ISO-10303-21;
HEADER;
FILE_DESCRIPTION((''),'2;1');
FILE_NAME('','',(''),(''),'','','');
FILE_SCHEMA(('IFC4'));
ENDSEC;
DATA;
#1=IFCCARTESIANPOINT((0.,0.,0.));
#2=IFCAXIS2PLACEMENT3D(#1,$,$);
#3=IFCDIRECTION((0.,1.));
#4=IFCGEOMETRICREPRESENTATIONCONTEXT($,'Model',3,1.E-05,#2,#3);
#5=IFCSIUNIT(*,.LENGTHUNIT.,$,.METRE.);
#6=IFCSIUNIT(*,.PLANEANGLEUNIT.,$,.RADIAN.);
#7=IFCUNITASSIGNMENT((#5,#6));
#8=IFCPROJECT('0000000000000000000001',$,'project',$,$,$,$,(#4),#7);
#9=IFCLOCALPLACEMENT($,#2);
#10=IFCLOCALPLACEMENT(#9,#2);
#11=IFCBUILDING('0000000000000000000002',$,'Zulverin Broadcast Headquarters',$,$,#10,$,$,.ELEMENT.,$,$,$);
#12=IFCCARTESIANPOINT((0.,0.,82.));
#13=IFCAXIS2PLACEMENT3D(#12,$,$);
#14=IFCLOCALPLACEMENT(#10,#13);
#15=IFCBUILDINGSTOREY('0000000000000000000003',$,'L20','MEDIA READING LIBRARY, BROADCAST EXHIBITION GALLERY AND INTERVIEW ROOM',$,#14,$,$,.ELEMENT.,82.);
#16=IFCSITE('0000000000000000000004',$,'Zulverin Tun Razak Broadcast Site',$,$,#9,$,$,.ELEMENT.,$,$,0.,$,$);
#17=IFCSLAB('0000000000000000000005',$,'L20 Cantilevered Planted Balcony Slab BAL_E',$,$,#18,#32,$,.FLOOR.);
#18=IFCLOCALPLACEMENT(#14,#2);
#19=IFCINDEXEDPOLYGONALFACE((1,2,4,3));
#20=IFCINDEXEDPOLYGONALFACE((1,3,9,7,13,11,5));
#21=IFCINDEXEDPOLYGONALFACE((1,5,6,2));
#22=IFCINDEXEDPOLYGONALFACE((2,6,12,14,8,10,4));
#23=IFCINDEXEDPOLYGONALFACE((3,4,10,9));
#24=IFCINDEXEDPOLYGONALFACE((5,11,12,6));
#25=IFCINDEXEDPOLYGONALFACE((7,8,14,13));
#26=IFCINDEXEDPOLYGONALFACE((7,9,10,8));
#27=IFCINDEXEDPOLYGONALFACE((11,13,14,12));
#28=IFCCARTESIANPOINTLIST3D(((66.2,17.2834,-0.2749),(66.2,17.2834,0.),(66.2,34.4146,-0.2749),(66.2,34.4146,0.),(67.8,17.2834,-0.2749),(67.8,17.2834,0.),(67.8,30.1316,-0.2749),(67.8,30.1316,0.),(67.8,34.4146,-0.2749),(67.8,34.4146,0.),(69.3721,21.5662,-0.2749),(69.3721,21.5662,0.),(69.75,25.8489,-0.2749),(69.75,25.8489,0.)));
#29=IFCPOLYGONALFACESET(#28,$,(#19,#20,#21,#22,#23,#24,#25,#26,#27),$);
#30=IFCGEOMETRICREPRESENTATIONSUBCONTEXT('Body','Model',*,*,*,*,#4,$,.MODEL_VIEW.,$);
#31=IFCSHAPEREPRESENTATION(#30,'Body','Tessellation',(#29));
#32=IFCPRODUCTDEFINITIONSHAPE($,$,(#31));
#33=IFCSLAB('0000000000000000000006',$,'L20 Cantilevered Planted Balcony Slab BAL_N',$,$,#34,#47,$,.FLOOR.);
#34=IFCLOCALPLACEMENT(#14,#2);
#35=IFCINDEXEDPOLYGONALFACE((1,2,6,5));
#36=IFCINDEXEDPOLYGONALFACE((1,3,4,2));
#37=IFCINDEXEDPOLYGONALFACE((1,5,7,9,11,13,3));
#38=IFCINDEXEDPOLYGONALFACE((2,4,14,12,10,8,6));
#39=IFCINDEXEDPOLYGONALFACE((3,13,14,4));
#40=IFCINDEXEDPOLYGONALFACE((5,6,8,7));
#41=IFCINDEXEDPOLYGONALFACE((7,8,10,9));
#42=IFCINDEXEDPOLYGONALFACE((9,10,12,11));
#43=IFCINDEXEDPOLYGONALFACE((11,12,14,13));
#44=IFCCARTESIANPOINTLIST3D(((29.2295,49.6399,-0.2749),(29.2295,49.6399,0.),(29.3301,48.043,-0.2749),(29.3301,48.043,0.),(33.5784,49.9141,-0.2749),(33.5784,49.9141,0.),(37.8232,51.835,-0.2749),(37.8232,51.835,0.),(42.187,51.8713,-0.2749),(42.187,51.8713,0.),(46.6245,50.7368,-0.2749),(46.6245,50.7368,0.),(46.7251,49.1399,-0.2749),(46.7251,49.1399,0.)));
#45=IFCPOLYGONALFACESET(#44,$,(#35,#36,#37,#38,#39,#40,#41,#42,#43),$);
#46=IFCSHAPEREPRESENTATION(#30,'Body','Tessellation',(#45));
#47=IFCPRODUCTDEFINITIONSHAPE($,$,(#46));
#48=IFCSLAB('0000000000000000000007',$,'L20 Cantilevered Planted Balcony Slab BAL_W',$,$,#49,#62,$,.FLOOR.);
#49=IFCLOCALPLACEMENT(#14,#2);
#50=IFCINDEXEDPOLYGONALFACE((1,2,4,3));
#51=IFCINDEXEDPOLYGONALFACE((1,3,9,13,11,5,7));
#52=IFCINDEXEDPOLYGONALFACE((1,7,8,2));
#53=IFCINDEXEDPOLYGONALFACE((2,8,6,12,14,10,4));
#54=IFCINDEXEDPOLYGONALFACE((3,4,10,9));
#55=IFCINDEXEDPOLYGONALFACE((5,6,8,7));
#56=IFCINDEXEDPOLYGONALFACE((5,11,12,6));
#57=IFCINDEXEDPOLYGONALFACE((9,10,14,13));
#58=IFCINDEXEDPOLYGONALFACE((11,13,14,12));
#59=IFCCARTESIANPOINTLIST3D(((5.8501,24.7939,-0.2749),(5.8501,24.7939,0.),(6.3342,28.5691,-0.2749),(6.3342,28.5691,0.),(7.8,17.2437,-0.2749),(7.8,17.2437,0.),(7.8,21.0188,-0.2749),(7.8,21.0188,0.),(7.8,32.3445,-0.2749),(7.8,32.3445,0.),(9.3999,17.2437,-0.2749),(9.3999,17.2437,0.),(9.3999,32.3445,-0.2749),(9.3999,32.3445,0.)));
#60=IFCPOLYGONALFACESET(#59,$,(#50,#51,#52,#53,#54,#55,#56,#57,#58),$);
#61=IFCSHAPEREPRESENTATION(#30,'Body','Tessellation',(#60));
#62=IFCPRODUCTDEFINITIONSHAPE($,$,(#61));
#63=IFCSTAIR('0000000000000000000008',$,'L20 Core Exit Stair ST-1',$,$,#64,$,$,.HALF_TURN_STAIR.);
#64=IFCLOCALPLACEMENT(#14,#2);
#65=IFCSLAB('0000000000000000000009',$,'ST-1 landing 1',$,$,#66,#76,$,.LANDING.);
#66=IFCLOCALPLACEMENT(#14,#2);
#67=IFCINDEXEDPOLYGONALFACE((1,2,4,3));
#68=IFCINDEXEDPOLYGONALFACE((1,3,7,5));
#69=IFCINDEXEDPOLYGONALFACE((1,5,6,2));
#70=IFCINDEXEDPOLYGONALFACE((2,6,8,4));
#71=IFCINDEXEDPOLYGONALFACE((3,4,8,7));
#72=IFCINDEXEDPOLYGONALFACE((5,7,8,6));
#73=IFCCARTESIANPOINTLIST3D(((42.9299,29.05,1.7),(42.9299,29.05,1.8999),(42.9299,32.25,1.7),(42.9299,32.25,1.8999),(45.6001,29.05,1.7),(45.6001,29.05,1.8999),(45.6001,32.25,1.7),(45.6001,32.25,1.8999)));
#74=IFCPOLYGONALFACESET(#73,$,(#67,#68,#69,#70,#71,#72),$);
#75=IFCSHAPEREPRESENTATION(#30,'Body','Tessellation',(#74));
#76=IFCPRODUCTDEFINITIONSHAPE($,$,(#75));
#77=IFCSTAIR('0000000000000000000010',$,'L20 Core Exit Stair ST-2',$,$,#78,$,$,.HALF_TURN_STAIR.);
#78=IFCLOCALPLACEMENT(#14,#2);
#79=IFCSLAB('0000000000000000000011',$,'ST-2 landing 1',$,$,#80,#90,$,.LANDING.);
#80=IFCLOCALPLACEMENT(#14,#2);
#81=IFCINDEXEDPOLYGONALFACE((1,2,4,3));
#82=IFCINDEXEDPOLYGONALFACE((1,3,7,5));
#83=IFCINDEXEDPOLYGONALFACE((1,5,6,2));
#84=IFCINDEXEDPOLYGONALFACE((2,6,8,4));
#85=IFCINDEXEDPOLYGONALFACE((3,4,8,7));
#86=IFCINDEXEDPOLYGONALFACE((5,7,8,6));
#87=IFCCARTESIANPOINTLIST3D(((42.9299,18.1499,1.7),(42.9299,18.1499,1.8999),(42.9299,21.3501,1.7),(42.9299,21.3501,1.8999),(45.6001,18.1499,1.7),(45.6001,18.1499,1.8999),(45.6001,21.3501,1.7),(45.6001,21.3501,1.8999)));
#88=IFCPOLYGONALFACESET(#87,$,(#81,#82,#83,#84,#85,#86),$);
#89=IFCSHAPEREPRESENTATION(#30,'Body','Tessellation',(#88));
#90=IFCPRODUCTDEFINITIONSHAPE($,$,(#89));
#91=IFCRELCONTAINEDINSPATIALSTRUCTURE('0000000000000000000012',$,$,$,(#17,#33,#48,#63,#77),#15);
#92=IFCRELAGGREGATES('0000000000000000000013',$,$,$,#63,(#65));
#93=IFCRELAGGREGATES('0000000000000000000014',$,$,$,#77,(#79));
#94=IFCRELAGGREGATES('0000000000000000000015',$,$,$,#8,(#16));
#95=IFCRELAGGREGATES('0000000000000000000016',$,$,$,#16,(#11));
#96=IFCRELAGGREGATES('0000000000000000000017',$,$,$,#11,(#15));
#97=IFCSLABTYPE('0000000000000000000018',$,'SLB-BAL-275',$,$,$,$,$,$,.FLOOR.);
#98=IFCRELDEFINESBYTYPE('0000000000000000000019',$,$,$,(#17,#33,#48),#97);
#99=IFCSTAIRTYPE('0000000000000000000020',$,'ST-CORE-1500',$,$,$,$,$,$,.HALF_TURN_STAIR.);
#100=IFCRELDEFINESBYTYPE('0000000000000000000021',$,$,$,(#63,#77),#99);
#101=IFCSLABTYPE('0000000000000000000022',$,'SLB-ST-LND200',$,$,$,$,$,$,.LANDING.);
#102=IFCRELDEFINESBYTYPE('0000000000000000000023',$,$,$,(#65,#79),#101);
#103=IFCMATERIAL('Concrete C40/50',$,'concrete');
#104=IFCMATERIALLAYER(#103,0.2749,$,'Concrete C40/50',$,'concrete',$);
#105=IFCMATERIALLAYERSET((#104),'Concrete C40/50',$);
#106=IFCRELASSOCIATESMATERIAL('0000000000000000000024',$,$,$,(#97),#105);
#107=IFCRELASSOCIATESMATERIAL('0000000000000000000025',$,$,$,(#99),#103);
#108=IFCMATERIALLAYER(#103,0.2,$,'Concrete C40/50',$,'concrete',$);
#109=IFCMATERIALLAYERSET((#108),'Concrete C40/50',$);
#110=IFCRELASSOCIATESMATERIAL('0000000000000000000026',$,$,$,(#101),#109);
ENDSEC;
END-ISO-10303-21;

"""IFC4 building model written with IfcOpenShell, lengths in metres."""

from ifc_helpers import new_model, si_unit, direction, frame, origin, place, context, subcontext, project, spatial, polyline, outline, extrude, material, layer, layer_set, type_object, element, aggregate, save


model = new_model("IFC4")

# Units and contexts
model_context = context("Model", 3, precision=1e-05, world=origin(), true_north=direction((0.0, 1.0)))
body_context = subcontext(model_context, "Body", "Model", "MODEL_VIEW")
ifc_project = project(units=[si_unit("LENGTHUNIT", "METRE"), si_unit("PLANEANGLEUNIT", "RADIAN")], contexts=[model_context])

# Site, building, storey
site_placement = place(None, origin())
site = spatial("IfcSite", under=ifc_project, at=site_placement, Name="Zulverin Tun Razak Broadcast Site", CompositionType="ELEMENT", RefElevation=0.0)
building_placement = place(site_placement, origin())
building = spatial("IfcBuilding", under=site, at=building_placement, Name="Zulverin Broadcast Headquarters", CompositionType="ELEMENT")
storey_placement = place(building_placement, frame((0.0, 0.0, 82.0)))
storey = spatial("IfcBuildingStorey", under=building, at=storey_placement, Name="L20", Description="MEDIA READING LIBRARY, BROADCAST EXHIBITION GALLERY AND INTERVIEW ROOM", CompositionType="ELEMENT", Elevation=82.0)

# Slabs
ifc_material_1 = material(Name="Concrete C40/50", Category="concrete")
ifc_layer_1 = layer(ifc_material_1, 0.2749, Name="Concrete C40/50", Category="concrete")
ifc_layer_set_1 = layer_set([ifc_layer_1], Name="Concrete C40/50")
slab_type_1 = type_object("IfcSlabType", Name="SLB-BAL-275", PredefinedType="FLOOR", material=ifc_layer_set_1)
slab_1_placement = place(storey_placement, frame((0.0, 0.0, -0.2749)))
element("IfcSlab", 1, at=slab_1_placement, inside=storey, type_object=slab_type_1, Name="L20 Cantilevered Planted Balcony Slab BAL_E", PredefinedType="FLOOR", context=body_context, shape_type="SweptSolid", body=[
    extrude(outline(polyline([(66.2, 34.4146), (66.2, 17.2834), (67.8, 17.2834), (69.3721, 21.5662), (69.75, 25.8489), (67.8, 30.1316), (67.8, 34.4146), (66.2, 34.4146)])), origin(), (0.0, 0.0, 1.0), 0.2749),
])
slab_2_placement = place(storey_placement, frame((0.0, 0.0, -0.2749)))
element("IfcSlab", 2, at=slab_2_placement, inside=storey, type_object=slab_type_1, Name="L20 Cantilevered Planted Balcony Slab BAL_N", PredefinedType="FLOOR", context=body_context, shape_type="SweptSolid", body=[
    extrude(outline(polyline([(29.3301, 48.043), (46.7251, 49.1399), (46.6245, 50.7368), (42.187, 51.8713), (37.8232, 51.835), (33.5784, 49.9141), (29.2295, 49.6399), (29.3301, 48.043)])), origin(), (0.0, 0.0, 1.0), 0.2749),
])
slab_3_placement = place(storey_placement, frame((0.0, 0.0, -0.2749)))
element("IfcSlab", 3, at=slab_3_placement, inside=storey, type_object=slab_type_1, Name="L20 Cantilevered Planted Balcony Slab BAL_W", PredefinedType="FLOOR", context=body_context, shape_type="SweptSolid", body=[
    extrude(outline(polyline([(9.3999, 17.2437), (9.3999, 32.3445), (7.8, 32.3445), (6.3342, 28.5691), (5.8501, 24.7939), (7.8, 21.0188), (7.8, 17.2437), (9.3999, 17.2437)])), origin(), (0.0, 0.0, 1.0), 0.2749),
])

# Stairs, slabs
stair_type = type_object("IfcStairType", Name="ST-CORE-1500", PredefinedType="HALF_TURN_STAIR", material=ifc_material_1)
stair_1_placement = place(storey_placement, origin())
stair_1 = element("IfcStair", 4, at=stair_1_placement, inside=storey, type_object=stair_type, Name="L20 Core Exit Stair ST-1", PredefinedType="HALF_TURN_STAIR")
ifc_layer_2 = layer(ifc_material_1, 0.2, Name="Concrete C40/50", Category="concrete")
ifc_layer_set_2 = layer_set([ifc_layer_2], Name="Concrete C40/50")
slab_type_2 = type_object("IfcSlabType", Name="SLB-ST-LND200", PredefinedType="LANDING", material=ifc_layer_set_2)
slab_4_placement = place(storey_placement, frame((0.0, 0.0, 1.7)))
slab_4 = element("IfcSlab", 5, at=slab_4_placement, type_object=slab_type_2, Name="ST-1 landing 1", PredefinedType="LANDING", context=body_context, shape_type="SweptSolid", body=[
    extrude(outline(polyline([(42.9299, 29.05), (45.6001, 29.05), (45.6001, 32.25), (42.9299, 32.25), (42.9299, 29.05)])), origin(), (0.0, 0.0, 1.0), 0.2),
])
aggregate(stair_1, [slab_4])
stair_2_placement = place(storey_placement, origin())
stair_2 = element("IfcStair", 6, at=stair_2_placement, inside=storey, type_object=stair_type, Name="L20 Core Exit Stair ST-2", PredefinedType="HALF_TURN_STAIR")
slab_5_placement = place(storey_placement, frame((0.0, 0.0, 1.7)))
slab_5 = element("IfcSlab", 7, at=slab_5_placement, type_object=slab_type_2, Name="ST-2 landing 1", PredefinedType="LANDING", context=body_context, shape_type="SweptSolid", body=[
    extrude(outline(polyline([(42.9299, 18.1499), (45.6001, 18.1499), (45.6001, 21.3501), (42.9299, 21.3501), (42.9299, 18.1499)])), origin(), (0.0, 0.0, 1.0), 0.2),
])
aggregate(stair_2, [slab_5])

save(model, "model.ifc")
